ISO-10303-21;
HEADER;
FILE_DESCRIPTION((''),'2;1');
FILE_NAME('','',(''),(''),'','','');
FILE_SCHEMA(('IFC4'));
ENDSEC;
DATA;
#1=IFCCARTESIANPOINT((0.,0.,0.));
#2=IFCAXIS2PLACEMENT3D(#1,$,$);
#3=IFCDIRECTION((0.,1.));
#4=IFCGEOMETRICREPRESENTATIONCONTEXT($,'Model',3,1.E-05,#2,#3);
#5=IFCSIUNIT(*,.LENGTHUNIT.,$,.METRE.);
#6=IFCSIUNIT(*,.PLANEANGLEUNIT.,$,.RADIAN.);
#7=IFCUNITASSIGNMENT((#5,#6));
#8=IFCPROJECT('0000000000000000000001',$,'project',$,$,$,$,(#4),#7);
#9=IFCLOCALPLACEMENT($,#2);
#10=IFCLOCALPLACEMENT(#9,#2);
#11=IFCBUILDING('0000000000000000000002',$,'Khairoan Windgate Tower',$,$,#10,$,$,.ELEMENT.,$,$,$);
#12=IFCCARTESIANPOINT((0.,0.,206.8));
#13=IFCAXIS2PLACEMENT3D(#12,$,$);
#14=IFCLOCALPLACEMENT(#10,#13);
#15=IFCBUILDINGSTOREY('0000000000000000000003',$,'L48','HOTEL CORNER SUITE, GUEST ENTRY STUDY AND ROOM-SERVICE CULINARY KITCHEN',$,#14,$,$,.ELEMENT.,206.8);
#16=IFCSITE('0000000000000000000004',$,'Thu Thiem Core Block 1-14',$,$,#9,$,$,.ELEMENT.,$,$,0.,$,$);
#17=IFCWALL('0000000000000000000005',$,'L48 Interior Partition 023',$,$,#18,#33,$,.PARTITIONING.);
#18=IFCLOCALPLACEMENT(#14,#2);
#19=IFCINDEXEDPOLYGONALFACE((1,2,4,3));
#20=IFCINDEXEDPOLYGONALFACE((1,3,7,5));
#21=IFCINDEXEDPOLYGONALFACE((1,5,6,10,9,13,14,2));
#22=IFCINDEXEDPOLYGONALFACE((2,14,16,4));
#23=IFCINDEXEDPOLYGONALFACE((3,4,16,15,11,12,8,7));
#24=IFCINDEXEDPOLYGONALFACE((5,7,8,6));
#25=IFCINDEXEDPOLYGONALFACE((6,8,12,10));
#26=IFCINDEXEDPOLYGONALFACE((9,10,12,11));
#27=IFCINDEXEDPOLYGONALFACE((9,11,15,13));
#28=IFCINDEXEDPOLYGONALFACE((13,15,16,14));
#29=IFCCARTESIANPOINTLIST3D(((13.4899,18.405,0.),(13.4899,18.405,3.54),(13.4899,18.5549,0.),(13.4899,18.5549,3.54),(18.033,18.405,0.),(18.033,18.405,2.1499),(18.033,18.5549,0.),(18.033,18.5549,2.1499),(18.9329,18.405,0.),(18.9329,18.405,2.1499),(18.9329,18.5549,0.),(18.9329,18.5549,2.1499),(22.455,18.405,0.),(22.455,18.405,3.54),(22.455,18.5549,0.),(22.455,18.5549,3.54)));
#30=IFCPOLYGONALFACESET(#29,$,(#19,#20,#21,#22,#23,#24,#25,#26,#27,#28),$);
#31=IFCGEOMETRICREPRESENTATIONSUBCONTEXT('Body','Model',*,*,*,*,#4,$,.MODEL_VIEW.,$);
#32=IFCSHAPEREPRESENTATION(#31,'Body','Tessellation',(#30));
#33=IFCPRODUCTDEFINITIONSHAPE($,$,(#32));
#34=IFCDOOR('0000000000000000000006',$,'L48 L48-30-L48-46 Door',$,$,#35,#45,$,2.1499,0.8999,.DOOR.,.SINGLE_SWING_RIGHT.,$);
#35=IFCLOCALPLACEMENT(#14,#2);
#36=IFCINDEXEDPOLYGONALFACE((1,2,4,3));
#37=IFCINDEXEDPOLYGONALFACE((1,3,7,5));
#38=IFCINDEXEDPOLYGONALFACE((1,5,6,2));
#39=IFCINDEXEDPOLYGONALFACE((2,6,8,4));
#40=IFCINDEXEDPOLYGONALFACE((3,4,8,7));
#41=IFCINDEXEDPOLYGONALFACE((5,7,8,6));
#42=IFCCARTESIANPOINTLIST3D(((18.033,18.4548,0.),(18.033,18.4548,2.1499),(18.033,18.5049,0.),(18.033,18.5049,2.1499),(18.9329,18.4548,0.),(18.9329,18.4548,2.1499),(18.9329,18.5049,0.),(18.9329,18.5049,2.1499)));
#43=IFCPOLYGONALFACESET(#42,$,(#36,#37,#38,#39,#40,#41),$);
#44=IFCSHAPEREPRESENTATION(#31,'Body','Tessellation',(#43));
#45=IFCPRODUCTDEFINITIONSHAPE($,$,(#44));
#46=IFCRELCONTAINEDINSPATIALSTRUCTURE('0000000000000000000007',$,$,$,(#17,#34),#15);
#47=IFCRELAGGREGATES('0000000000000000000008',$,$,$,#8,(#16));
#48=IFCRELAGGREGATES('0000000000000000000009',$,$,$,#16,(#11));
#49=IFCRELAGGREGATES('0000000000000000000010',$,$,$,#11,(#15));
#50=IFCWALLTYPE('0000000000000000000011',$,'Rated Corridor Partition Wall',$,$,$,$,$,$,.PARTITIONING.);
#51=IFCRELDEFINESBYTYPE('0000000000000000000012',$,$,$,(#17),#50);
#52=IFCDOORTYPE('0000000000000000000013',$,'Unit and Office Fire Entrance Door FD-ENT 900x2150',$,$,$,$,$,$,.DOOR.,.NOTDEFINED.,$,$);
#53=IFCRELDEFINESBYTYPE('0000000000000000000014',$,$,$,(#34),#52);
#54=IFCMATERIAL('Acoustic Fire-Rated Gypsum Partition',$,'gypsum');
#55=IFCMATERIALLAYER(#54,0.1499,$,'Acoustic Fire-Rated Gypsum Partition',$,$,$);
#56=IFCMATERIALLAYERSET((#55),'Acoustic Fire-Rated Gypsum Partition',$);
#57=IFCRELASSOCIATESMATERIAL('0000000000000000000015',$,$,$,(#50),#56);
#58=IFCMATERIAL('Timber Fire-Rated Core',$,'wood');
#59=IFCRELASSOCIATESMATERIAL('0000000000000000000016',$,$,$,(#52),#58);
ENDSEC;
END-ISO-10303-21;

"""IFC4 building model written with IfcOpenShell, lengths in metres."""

from ifc_helpers import new_model, si_unit, direction, frame, frame_2d, origin, place, context, subcontext, project, spatial, rectangle, extrude, material, layer, layer_set, type_object, element, fill, save


model = new_model("IFC4")

# Units and contexts
model_context = context("Model", 3, precision=1e-05, world=origin(), true_north=direction((0.0, 1.0)))
body_context = subcontext(model_context, "Body", "Model", "MODEL_VIEW")
ifc_project = project(units=[si_unit("LENGTHUNIT", "METRE"), si_unit("PLANEANGLEUNIT", "RADIAN")], contexts=[model_context])

# Site, building, storey
site_placement = place(None, origin())
site = spatial("IfcSite", under=ifc_project, at=site_placement, Name="Thu Thiem Core Block 1-14", CompositionType="ELEMENT", RefElevation=0.0)
building_placement = place(site_placement, origin())
building = spatial("IfcBuilding", under=site, at=building_placement, Name="Khairoan Windgate Tower", CompositionType="ELEMENT")
storey_placement = place(building_placement, frame((0.0, 0.0, 206.8)))
storey = spatial("IfcBuildingStorey", under=building, at=storey_placement, Name="L48", Description="HOTEL CORNER SUITE, GUEST ENTRY STUDY AND ROOM-SERVICE CULINARY KITCHEN", CompositionType="ELEMENT", Elevation=206.8)

# Wall, opening, door
ifc_material_1 = material(Name="Acoustic Fire-Rated Gypsum Partition", Category="gypsum")
ifc_layer_1 = layer(ifc_material_1, 0.1499, Name="Acoustic Fire-Rated Gypsum Partition")
ifc_layer_set_1 = layer_set([ifc_layer_1], Name="Acoustic Fire-Rated Gypsum Partition")
wall_type_1 = type_object("IfcWallType", Name="Rated Corridor Partition Wall", PredefinedType="PARTITIONING", material=ifc_layer_set_1)
wall_1_placement = place(storey_placement, frame((13.49, 18.48, 0.0), z_axis=(0.0, 0.0, 1.0), x_axis=(1.0, 0.0, 0.0)))
wall_1 = element("IfcWall", 1, at=wall_1_placement, inside=storey, type_object=wall_type_1, Name="L48 Interior Partition 023", PredefinedType="PARTITIONING", context=body_context, shape_type="SweptSolid", body=[
    extrude(rectangle(XDim=8.9651, YDim=0.1499, at=frame_2d((4.4824, 0.0))), origin(), (0.0, 0.0, 1.0), 3.54),
])
opening_1_placement = place(wall_1_placement, frame((4.543, 0.0, 0.0)))
opening_1 = element("IfcOpeningElement", 2, at=opening_1_placement, cuts=wall_1, PredefinedType="OPENING", context=body_context, shape_type="SweptSolid", body=[
    extrude(rectangle(XDim=0.8999, YDim=2.1499, at=frame_2d((0.45, 1.075))), frame((0.0, 0.085, 0.0), z_axis=(0.0, -1.0, 0.0), x_axis=(1.0, 0.0, 0.0)), (0.0, 0.0, 1.0), 0.1699),
])
ifc_material_2 = material(Name="Timber Fire-Rated Core", Category="wood")
door_type_1 = type_object("IfcDoorType", Name="Unit and Office Fire Entrance Door FD-ENT 900x2150", OperationType="NOTDEFINED", PredefinedType="DOOR", material=ifc_material_2)
door_1_placement = place(opening_1_placement, origin())
door_1 = element("IfcDoor", 3, at=door_1_placement, inside=storey, type_object=door_type_1, Name="L48 L48-30-L48-46 Door", OperationType="SINGLE_SWING_RIGHT", OverallHeight=2.1499, OverallWidth=0.8999, PredefinedType="DOOR", context=body_context, shape_type="SweptSolid", body=[
    extrude(rectangle(XDim=0.8999, YDim=2.1499, at=frame_2d((0.45, 1.075))), frame((0.0, 0.0249, 0.0), z_axis=(0.0, -1.0, 0.0), x_axis=(1.0, 0.0, 0.0)), (0.0, 0.0, 1.0), 0.05),
])
fill(opening_1, door_1)

save(model, "model.ifc")
